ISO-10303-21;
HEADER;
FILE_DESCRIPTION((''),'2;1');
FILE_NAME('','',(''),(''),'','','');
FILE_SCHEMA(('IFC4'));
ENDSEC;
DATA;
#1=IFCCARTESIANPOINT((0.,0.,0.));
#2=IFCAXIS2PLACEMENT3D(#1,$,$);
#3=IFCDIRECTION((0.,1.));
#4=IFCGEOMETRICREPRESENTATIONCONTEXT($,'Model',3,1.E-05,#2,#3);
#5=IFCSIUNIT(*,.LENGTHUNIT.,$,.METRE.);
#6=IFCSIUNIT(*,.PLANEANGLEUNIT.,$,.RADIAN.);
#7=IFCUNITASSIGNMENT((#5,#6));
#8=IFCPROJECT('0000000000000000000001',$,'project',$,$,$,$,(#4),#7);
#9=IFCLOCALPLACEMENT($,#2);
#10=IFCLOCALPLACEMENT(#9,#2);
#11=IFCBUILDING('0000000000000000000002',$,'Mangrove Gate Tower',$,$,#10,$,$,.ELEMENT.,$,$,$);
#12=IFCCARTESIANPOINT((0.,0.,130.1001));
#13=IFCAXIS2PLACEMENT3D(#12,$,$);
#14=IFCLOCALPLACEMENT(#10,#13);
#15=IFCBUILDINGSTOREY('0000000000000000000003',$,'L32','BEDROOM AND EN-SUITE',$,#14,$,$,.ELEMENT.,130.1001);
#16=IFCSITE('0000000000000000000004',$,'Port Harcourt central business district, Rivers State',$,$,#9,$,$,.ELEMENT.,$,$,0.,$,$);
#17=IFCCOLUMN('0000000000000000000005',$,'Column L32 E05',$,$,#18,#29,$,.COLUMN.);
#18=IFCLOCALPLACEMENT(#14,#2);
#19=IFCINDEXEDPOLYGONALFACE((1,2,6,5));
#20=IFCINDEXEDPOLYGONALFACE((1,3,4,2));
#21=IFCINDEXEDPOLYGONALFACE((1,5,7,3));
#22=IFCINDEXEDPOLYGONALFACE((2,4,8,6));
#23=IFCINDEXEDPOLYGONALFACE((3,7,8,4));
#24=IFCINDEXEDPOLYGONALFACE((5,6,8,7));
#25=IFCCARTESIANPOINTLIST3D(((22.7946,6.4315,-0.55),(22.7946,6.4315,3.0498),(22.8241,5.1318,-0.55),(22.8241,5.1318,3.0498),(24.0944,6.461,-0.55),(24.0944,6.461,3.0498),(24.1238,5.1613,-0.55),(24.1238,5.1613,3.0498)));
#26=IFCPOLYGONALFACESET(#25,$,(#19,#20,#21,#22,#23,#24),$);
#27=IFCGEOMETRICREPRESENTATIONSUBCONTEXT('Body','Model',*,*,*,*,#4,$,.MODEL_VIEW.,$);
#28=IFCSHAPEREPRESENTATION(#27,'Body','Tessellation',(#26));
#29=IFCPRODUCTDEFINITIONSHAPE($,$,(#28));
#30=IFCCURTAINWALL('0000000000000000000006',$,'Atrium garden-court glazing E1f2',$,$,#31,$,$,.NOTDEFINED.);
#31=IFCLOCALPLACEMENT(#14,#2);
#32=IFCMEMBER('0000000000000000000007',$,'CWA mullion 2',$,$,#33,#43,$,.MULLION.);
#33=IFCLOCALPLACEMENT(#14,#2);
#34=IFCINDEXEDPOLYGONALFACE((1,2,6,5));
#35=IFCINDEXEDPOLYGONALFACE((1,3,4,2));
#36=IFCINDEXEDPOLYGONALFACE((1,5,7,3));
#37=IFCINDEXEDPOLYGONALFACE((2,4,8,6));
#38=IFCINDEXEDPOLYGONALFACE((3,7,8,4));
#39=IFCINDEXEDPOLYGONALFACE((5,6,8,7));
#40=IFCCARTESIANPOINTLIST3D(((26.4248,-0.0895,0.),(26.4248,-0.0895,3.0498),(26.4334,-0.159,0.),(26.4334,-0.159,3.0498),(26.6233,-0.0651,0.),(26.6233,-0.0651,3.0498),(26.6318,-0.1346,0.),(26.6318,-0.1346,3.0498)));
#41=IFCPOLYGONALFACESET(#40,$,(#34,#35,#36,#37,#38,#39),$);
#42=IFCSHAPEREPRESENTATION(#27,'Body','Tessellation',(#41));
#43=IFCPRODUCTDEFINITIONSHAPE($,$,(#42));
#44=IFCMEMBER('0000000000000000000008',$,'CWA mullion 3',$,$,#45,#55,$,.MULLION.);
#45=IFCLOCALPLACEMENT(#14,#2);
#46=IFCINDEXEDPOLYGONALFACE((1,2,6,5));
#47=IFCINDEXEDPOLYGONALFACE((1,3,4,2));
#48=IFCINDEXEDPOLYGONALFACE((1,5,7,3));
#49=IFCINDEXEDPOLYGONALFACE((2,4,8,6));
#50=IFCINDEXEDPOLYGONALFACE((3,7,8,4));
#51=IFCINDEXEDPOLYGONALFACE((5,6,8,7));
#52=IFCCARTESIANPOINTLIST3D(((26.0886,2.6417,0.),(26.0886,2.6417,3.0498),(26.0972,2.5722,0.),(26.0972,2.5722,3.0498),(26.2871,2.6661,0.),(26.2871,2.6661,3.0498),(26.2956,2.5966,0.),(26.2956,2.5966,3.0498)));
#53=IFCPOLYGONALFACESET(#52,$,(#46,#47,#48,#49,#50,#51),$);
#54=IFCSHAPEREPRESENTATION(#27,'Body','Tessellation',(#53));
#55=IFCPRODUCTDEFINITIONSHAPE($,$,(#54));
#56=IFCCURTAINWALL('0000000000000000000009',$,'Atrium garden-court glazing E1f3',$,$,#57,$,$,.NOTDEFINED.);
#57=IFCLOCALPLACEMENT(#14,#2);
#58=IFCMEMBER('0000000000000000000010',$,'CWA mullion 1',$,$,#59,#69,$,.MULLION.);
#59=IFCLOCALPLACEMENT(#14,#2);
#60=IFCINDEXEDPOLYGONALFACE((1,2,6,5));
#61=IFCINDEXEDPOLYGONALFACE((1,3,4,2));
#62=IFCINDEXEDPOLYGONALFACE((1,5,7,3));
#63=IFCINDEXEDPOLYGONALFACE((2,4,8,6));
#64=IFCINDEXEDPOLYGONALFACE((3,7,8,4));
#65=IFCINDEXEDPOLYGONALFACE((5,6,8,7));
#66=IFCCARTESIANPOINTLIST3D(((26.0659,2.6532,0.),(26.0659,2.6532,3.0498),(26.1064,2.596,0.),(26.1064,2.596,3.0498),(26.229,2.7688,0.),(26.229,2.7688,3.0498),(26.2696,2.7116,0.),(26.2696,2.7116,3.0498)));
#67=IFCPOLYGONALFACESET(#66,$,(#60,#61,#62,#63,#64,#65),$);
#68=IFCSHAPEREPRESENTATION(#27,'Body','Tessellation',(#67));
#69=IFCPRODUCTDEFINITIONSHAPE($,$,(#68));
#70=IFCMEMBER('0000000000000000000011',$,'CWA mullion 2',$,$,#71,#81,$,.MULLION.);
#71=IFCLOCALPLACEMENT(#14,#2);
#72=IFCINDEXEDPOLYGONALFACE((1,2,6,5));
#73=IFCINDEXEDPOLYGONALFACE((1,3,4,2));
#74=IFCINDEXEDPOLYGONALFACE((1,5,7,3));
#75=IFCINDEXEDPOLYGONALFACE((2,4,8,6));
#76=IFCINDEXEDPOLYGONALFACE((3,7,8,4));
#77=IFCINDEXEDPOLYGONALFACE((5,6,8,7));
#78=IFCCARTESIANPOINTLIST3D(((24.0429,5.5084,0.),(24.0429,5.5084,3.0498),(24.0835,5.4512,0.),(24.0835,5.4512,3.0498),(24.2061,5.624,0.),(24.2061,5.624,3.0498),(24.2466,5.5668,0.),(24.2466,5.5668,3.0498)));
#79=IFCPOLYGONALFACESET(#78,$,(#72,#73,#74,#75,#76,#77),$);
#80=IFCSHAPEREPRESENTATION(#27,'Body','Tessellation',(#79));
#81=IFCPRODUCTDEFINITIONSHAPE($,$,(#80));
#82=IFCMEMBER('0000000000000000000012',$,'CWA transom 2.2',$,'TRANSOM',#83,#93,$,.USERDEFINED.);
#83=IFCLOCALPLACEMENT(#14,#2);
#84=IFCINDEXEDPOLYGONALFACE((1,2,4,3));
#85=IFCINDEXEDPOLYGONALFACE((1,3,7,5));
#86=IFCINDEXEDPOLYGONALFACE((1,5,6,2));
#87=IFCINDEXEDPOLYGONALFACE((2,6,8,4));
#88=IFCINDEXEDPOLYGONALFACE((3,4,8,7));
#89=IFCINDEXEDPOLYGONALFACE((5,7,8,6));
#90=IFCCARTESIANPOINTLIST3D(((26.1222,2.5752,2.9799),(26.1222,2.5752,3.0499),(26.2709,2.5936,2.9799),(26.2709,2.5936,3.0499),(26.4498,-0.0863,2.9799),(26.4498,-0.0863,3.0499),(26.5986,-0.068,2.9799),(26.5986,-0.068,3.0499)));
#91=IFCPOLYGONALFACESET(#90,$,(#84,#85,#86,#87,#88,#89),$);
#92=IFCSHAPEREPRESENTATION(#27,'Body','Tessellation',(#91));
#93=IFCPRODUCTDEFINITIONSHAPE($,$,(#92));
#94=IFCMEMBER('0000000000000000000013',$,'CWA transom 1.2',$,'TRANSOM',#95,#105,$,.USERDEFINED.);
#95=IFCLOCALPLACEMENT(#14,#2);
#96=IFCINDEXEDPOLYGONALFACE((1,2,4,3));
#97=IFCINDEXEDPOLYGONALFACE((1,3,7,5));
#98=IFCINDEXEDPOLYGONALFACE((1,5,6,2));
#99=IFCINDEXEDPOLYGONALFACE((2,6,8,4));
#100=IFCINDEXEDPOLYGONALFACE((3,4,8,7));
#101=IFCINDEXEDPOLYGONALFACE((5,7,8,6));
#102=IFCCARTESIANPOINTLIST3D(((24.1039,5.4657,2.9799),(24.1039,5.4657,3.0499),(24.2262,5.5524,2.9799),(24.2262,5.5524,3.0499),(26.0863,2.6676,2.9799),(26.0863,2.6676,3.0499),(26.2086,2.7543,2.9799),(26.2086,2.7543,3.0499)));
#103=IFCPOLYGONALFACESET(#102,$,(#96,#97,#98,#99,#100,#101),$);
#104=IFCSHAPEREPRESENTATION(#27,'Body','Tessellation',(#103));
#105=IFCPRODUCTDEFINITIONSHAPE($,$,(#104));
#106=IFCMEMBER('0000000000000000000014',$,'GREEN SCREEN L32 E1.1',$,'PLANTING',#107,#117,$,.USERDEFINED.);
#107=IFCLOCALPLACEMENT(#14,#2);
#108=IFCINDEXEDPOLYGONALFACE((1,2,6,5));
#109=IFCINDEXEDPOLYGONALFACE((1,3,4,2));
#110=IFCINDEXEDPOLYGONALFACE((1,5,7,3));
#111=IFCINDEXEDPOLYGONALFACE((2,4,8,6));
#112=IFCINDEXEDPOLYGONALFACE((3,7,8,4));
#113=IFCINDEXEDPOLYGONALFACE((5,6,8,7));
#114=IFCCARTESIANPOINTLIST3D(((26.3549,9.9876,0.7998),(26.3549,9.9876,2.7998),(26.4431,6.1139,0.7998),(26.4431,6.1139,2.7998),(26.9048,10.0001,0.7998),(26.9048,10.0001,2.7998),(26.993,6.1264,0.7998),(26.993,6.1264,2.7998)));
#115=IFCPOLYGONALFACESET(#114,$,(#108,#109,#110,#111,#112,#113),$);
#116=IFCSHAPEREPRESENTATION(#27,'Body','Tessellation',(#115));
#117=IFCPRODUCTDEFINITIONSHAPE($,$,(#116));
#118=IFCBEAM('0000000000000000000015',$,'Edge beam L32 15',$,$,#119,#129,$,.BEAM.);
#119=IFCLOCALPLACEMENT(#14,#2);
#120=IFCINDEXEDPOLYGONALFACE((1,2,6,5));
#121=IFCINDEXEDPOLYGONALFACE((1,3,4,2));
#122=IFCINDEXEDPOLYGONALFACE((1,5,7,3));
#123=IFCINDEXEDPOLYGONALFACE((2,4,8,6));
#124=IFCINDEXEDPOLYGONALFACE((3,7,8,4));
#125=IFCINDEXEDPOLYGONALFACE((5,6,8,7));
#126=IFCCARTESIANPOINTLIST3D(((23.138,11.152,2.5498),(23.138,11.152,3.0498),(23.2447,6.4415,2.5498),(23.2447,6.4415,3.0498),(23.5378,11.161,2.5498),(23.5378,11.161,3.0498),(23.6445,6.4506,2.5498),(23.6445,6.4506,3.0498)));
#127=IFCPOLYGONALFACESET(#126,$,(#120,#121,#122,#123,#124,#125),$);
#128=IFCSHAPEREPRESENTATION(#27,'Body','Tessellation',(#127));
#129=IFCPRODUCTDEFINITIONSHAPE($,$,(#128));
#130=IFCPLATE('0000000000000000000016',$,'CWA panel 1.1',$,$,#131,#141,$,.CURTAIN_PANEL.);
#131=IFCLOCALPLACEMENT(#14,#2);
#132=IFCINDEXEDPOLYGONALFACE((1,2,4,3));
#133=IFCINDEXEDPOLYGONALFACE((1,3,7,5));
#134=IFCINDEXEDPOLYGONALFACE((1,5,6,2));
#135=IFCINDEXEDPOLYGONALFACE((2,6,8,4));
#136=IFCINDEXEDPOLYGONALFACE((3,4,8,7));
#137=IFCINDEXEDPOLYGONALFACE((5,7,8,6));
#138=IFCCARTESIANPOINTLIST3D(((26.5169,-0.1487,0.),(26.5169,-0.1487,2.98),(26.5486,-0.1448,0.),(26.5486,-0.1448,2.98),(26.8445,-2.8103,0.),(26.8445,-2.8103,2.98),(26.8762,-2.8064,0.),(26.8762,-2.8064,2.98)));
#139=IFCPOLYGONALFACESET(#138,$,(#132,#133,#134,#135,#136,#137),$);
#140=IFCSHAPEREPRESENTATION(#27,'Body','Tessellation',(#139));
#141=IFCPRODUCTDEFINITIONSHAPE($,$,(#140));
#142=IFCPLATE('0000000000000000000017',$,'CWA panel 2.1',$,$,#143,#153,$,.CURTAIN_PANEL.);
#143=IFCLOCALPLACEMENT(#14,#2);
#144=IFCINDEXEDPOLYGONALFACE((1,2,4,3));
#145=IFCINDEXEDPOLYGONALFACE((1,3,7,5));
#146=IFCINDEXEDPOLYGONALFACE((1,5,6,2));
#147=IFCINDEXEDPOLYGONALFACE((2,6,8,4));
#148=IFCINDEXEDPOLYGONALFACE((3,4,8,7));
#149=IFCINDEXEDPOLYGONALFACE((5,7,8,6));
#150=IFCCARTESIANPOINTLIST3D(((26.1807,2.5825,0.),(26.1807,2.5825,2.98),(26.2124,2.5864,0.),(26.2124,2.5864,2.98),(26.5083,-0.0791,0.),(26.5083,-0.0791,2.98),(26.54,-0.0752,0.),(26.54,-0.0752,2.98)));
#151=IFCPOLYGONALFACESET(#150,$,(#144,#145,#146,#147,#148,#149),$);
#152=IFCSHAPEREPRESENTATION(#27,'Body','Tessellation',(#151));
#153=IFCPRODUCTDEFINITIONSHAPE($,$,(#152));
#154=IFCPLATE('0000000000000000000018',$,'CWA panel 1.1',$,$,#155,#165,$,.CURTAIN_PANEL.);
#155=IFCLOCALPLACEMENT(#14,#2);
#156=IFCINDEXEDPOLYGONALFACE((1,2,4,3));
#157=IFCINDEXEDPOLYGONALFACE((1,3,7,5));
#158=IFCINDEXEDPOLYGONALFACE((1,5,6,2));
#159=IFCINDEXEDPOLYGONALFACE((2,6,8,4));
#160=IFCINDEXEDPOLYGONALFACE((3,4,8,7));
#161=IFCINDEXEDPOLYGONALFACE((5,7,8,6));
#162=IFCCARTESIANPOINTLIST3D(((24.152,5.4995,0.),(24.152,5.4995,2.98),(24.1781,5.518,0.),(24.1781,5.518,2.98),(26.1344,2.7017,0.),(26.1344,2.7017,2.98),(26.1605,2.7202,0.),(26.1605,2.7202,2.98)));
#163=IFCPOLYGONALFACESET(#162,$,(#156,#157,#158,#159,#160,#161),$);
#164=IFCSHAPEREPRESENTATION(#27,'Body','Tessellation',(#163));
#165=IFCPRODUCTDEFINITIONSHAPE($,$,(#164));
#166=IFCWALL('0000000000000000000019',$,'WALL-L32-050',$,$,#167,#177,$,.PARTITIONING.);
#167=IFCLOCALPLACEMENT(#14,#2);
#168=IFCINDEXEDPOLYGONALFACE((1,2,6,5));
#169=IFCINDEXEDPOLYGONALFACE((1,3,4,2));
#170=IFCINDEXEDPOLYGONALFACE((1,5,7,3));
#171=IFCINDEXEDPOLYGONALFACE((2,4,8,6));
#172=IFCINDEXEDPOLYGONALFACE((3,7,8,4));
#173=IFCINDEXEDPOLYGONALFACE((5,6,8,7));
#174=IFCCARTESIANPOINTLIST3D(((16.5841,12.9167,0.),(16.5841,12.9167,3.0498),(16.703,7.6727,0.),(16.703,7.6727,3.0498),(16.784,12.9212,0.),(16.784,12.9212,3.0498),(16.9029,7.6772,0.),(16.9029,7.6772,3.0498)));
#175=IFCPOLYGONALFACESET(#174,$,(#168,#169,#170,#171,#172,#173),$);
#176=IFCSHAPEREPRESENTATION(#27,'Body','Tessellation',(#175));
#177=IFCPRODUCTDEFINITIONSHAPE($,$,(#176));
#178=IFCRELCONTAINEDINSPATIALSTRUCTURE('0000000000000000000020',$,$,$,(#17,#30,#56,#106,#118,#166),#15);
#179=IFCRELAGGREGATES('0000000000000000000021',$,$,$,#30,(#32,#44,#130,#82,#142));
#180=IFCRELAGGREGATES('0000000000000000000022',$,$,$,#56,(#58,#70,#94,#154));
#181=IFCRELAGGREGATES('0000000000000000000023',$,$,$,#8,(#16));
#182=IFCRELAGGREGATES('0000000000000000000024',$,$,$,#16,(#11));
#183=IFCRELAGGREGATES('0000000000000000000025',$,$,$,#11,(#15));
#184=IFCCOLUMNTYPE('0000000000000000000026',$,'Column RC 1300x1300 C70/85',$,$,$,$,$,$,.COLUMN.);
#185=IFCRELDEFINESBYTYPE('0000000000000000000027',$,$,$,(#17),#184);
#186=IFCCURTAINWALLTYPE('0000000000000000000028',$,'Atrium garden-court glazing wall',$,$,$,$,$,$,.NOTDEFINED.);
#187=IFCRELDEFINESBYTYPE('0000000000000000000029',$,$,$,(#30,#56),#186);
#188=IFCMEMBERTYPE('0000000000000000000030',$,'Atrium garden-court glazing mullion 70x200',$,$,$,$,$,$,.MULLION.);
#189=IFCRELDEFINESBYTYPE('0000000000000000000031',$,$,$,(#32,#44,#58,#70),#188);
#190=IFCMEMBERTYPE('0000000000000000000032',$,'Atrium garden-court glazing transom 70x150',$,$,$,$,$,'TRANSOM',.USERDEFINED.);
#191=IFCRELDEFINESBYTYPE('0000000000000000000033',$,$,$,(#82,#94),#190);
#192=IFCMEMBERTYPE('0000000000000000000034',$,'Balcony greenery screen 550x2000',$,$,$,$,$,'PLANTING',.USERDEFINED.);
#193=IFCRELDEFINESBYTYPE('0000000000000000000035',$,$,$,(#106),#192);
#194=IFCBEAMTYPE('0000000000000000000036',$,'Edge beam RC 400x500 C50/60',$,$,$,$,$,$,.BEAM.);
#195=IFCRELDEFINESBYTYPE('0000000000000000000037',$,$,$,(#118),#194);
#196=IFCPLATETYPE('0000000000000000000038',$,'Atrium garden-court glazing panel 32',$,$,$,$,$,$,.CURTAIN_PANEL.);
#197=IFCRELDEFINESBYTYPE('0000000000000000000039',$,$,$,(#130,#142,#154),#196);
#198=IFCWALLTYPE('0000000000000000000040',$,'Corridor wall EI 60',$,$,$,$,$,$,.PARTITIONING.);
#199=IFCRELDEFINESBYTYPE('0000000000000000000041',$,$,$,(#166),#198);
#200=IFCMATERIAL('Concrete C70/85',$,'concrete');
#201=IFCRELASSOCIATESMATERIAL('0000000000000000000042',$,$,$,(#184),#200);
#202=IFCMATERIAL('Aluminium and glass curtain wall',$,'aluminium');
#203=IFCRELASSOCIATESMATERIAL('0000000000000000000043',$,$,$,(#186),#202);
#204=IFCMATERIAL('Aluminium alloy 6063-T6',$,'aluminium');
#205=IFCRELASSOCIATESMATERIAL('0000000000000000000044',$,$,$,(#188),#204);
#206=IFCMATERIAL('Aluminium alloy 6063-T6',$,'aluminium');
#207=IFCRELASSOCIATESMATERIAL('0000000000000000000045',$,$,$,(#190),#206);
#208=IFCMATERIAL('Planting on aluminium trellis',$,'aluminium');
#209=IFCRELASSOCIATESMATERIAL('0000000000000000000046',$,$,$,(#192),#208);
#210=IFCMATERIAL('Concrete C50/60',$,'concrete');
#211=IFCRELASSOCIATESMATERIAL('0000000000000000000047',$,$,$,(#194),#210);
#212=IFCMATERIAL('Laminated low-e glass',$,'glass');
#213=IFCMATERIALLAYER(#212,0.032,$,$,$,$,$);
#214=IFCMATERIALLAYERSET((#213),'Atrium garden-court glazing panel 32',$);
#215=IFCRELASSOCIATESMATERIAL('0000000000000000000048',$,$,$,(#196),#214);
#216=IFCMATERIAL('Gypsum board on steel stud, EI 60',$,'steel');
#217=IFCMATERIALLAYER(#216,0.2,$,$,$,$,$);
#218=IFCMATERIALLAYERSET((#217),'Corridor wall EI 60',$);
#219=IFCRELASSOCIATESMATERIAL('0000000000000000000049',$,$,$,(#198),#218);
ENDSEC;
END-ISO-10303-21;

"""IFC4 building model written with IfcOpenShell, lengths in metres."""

from ifc_helpers import new_model, si_unit, direction, frame, frame_2d, origin, origin_2d, place, context, subcontext, project, spatial, rectangle, extrude, material, layer, layer_set, material_profile, profile_set, type_object, element, aggregate, save


model = new_model("IFC4")

# Units and contexts
model_context = context("Model", 3, precision=1e-05, world=origin(), true_north=direction((0.0, 1.0)))
body_context = subcontext(model_context, "Body", "Model", "MODEL_VIEW")
ifc_project = project(units=[si_unit("LENGTHUNIT", "METRE"), si_unit("PLANEANGLEUNIT", "RADIAN")], contexts=[model_context])

# Site, building, storey
site_placement = place(None, origin())
site = spatial("IfcSite", under=ifc_project, at=site_placement, Name="Port Harcourt central business district, Rivers State", CompositionType="ELEMENT", RefElevation=0.0)
building_placement = place(site_placement, origin())
building = spatial("IfcBuilding", under=site, at=building_placement, Name="Mangrove Gate Tower", CompositionType="ELEMENT")
storey_placement = place(building_placement, frame((0.0, 0.0, 130.1001)))
storey = spatial("IfcBuildingStorey", under=building, at=storey_placement, Name="L32", Description="BEDROOM AND EN-SUITE", CompositionType="ELEMENT", Elevation=130.1001)

# Column
ifc_material_1 = material(Name="Concrete C70/85", Category="concrete")
ifc_material_profile_1 = material_profile(ifc_material_1, rectangle(XDim=1.3, YDim=1.3, at=origin_2d()))
ifc_profile_set_1 = profile_set([ifc_material_profile_1], Name="Concrete C70/85")
column_type = type_object("IfcColumnType", Name="Column RC 1300x1300 C70/85", PredefinedType="COLUMN", material=ifc_profile_set_1)
column_placement = place(storey_placement, frame((23.4592, 5.7964, -0.55), z_axis=(0.0, 0.0, 1.0), x_axis=(-0.022669, 0.999743, 0.0)))
element("IfcColumn", 1, at=column_placement, inside=storey, type_object=column_type, Name="Column L32 E05", PredefinedType="COLUMN", context=body_context, shape_type="SweptSolid", body=[
    extrude(rectangle(XDim=1.3, YDim=1.3, at=origin_2d()), origin(), (0.0, 0.0, 1.0), 3.5999),
])

# Curtain walls, members
ifc_material_2 = material(Name="Aluminium and glass curtain wall", Category="aluminium")
curtain_wall_type = type_object("IfcCurtainWallType", Name="Atrium garden-court glazing wall", PredefinedType="NOTDEFINED", material=ifc_material_2)
curtain_wall_1_placement = place(storey_placement, origin())
curtain_wall_1 = element("IfcCurtainWall", 2, at=curtain_wall_1_placement, inside=storey, type_object=curtain_wall_type, Name="Atrium garden-court glazing E1f2", PredefinedType="NOTDEFINED")
ifc_material_3 = material(Name="Aluminium alloy 6063-T6", Category="aluminium")
ifc_material_profile_2 = material_profile(ifc_material_3, rectangle(XDim=0.0701, YDim=0.2, at=origin_2d()))
ifc_profile_set_2 = profile_set([ifc_material_profile_2], Name="Aluminium alloy 6063-T6")
member_type_1 = type_object("IfcMemberType", Name="Atrium garden-court glazing mullion 70x200", PredefinedType="MULLION", material=ifc_profile_set_2)
member_1_placement = place(storey_placement, frame((26.5283, -0.1121, 0.0), z_axis=(0.0, 0.0, 1.0), x_axis=(-0.122172, 0.992509, 0.0)))
member_1 = element("IfcMember", 3, at=member_1_placement, type_object=member_type_1, Name="CWA mullion 2", PredefinedType="MULLION", context=body_context, shape_type="SweptSolid", body=[
    extrude(rectangle(XDim=0.0701, YDim=0.2, at=origin_2d()), origin(), (0.0, 0.0, 1.0), 3.0498),
])
member_2_placement = place(storey_placement, frame((26.1921, 2.6191, 0.0), z_axis=(0.0, 0.0, 1.0), x_axis=(-0.122172, 0.992509, 0.0)))
member_2 = element("IfcMember", 4, at=member_2_placement, type_object=member_type_1, Name="CWA mullion 3", PredefinedType="MULLION", context=body_context, shape_type="SweptSolid", body=[
    extrude(rectangle(XDim=0.0701, YDim=0.2, at=origin_2d()), origin(), (0.0, 0.0, 1.0), 3.0498),
])
curtain_wall_2_placement = place(storey_placement, origin())
curtain_wall_2 = element("IfcCurtainWall", 5, at=curtain_wall_2_placement, inside=storey, type_object=curtain_wall_type, Name="Atrium garden-court glazing E1f3", PredefinedType="NOTDEFINED")
member_3_placement = place(storey_placement, frame((26.1677, 2.6824, 0.0), z_axis=(0.0, 0.0, 1.0), x_axis=(-0.578132, 0.815943, 0.0)))
member_3 = element("IfcMember", 6, at=member_3_placement, type_object=member_type_1, Name="CWA mullion 1", PredefinedType="MULLION", context=body_context, shape_type="SweptSolid", body=[
    extrude(rectangle(XDim=0.0701, YDim=0.2, at=origin_2d()), origin(), (0.0, 0.0, 1.0), 3.0498),
])
member_4_placement = place(storey_placement, frame((24.1448, 5.5376, 0.0), z_axis=(0.0, 0.0, 1.0), x_axis=(-0.578132, 0.815943, 0.0)))
member_4 = element("IfcMember", 7, at=member_4_placement, type_object=member_type_1, Name="CWA mullion 2", PredefinedType="MULLION", context=body_context, shape_type="SweptSolid", body=[
    extrude(rectangle(XDim=0.0701, YDim=0.2, at=origin_2d()), origin(), (0.0, 0.0, 1.0), 3.0498),
])

# Members
ifc_material_4 = material(Name="Aluminium alloy 6063-T6", Category="aluminium")
ifc_material_profile_3 = material_profile(ifc_material_4, rectangle(XDim=0.0701, YDim=0.1499, at=origin_2d()))
ifc_profile_set_3 = profile_set([ifc_material_profile_3], Name="Aluminium alloy 6063-T6")
member_type_2 = type_object("IfcMemberType", Name="Atrium garden-court glazing transom 70x150", ElementType="TRANSOM", PredefinedType="USERDEFINED", material=ifc_profile_set_3)
member_5_placement = place(storey_placement, frame((26.5242, -0.0771, 3.0149), z_axis=(-0.122175, 0.992509, 0.0), x_axis=(0.0, 0.0, 1.0)))
member_5 = element("IfcMember", 8, at=member_5_placement, type_object=member_type_2, Name="CWA transom 2.2", ObjectType="TRANSOM", PredefinedType="USERDEFINED", context=body_context, shape_type="SweptSolid", body=[
    extrude(rectangle(XDim=0.0701, YDim=0.1499, at=origin_2d()), origin(), (0.0, 0.0, 1.0), 2.6816),
])
member_6_placement = place(storey_placement, frame((26.1475, 2.7109, 3.0149), z_axis=(-0.578102, 0.815964, 0.0), x_axis=(0.0, 0.0, 1.0)))
member_6 = element("IfcMember", 9, at=member_6_placement, type_object=member_type_2, Name="CWA transom 1.2", ObjectType="TRANSOM", PredefinedType="USERDEFINED", context=body_context, shape_type="SweptSolid", body=[
    extrude(rectangle(XDim=0.0701, YDim=0.1499, at=origin_2d()), origin(), (0.0, 0.0, 1.0), 3.4292),
])
ifc_material_5 = material(Name="Planting on aluminium trellis", Category="aluminium")
ifc_material_profile_4 = material_profile(ifc_material_5, rectangle(XDim=0.55, YDim=2.0, at=origin_2d()))
ifc_profile_set_4 = profile_set([ifc_material_profile_4], Name="Planting on aluminium trellis")
member_type_3 = type_object("IfcMemberType", Name="Balcony greenery screen 550x2000", ElementType="PLANTING", PredefinedType="USERDEFINED", material=ifc_profile_set_4)
member_7_placement = place(storey_placement, frame((26.718, 6.1201, 1.7998), z_axis=(-0.022746, 0.999741, 0.0), x_axis=(-0.999741, -0.022746, 0.0)))
element("IfcMember", 10, at=member_7_placement, inside=storey, type_object=member_type_3, Name="GREEN SCREEN L32 E1.1", ObjectType="PLANTING", PredefinedType="USERDEFINED", context=body_context, shape_type="SweptSolid", body=[
    extrude(rectangle(XDim=0.55, YDim=2.0, at=origin_2d()), origin(), (0.0, 0.0, 1.0), 3.8748),
])

# Beam
ifc_material_6 = material(Name="Concrete C50/60", Category="concrete")
ifc_material_profile_5 = material_profile(ifc_material_6, rectangle(XDim=0.3999, YDim=0.5, at=origin_2d()))
ifc_profile_set_5 = profile_set([ifc_material_profile_5], Name="Concrete C50/60")
beam_type = type_object("IfcBeamType", Name="Edge beam RC 400x500 C50/60", PredefinedType="BEAM", material=ifc_profile_set_5)
beam_placement = place(storey_placement, frame((23.4446, 6.446, 2.7998), z_axis=(-0.022644, 0.999744, 0.0), x_axis=(-0.999744, -0.022644, 0.0)))
element("IfcBeam", 11, at=beam_placement, inside=storey, type_object=beam_type, Name="Edge beam L32 15", PredefinedType="BEAM", context=body_context, shape_type="SweptSolid", body=[
    extrude(rectangle(XDim=0.3999, YDim=0.5, at=origin_2d()), origin(), (0.0, 0.0, 1.0), 4.7117),
])

# Plates
ifc_material_7 = material(Name="Laminated low-e glass", Category="glass")
ifc_layer_1 = layer(ifc_material_7, 0.032)
ifc_layer_set_1 = layer_set([ifc_layer_1], Name="Atrium garden-court glazing panel 32")
plate_type = type_object("IfcPlateType", Name="Atrium garden-court glazing panel 32", PredefinedType="CURTAIN_PANEL", material=ifc_layer_set_1)
plate_1_placement = place(storey_placement, frame((26.6965, -1.4775, 0.0), z_axis=(0.0, 0.0, 1.0), x_axis=(-0.122172, 0.992509, 0.0)))
plate_1 = element("IfcPlate", 12, at=plate_1_placement, type_object=plate_type, Name="CWA panel 1.1", PredefinedType="CURTAIN_PANEL", context=body_context, shape_type="SweptSolid", body=[
    extrude(rectangle(XDim=2.6816, YDim=0.032, at=origin_2d()), origin(), (0.0, 0.0, 1.0), 2.98),
])
plate_2_placement = place(storey_placement, frame((26.3604, 1.2537, 0.0), z_axis=(0.0, 0.0, 1.0), x_axis=(-0.122172, 0.992509, 0.0)))
plate_2 = element("IfcPlate", 13, at=plate_2_placement, type_object=plate_type, Name="CWA panel 2.1", PredefinedType="CURTAIN_PANEL", context=body_context, shape_type="SweptSolid", body=[
    extrude(rectangle(XDim=2.6816, YDim=0.032, at=origin_2d()), origin(), (0.0, 0.0, 1.0), 2.98),
])
aggregate(curtain_wall_1, [member_1, member_2, plate_1, member_5, plate_2])
plate_3_placement = place(storey_placement, frame((25.1562, 4.1099, 0.0), z_axis=(0.0, 0.0, 1.0), x_axis=(-0.578132, 0.815943, 0.0)))
plate_3 = element("IfcPlate", 14, at=plate_3_placement, type_object=plate_type, Name="CWA panel 1.1", PredefinedType="CURTAIN_PANEL", context=body_context, shape_type="SweptSolid", body=[
    extrude(rectangle(XDim=3.429, YDim=0.032, at=origin_2d()), origin(), (0.0, 0.0, 1.0), 2.98),
])
aggregate(curtain_wall_2, [member_3, member_4, member_6, plate_3])

# Wall
ifc_material_8 = material(Name="Gypsum board on steel stud, EI 60", Category="steel")
ifc_layer_2 = layer(ifc_material_8, 0.2)
ifc_layer_set_2 = layer_set([ifc_layer_2], Name="Corridor wall EI 60")
wall_type_1 = type_object("IfcWallType", Name="Corridor wall EI 60", PredefinedType="PARTITIONING", material=ifc_layer_set_2)
wall_1_placement = place(storey_placement, frame((16.803, 7.675, 0.0), z_axis=(0.0, 0.0, 1.0), x_axis=(-0.022667, 0.999743, 0.0)))
element("IfcWall", 15, at=wall_1_placement, inside=storey, type_object=wall_type_1, Name="WALL-L32-050", PredefinedType="PARTITIONING", context=body_context, shape_type="SweptSolid", body=[
    extrude(rectangle(XDim=5.2454, YDim=0.2, at=frame_2d((2.6226, 0.0))), origin(), (0.0, 0.0, 1.0), 3.0498),
])

save(model, "model.ifc")
